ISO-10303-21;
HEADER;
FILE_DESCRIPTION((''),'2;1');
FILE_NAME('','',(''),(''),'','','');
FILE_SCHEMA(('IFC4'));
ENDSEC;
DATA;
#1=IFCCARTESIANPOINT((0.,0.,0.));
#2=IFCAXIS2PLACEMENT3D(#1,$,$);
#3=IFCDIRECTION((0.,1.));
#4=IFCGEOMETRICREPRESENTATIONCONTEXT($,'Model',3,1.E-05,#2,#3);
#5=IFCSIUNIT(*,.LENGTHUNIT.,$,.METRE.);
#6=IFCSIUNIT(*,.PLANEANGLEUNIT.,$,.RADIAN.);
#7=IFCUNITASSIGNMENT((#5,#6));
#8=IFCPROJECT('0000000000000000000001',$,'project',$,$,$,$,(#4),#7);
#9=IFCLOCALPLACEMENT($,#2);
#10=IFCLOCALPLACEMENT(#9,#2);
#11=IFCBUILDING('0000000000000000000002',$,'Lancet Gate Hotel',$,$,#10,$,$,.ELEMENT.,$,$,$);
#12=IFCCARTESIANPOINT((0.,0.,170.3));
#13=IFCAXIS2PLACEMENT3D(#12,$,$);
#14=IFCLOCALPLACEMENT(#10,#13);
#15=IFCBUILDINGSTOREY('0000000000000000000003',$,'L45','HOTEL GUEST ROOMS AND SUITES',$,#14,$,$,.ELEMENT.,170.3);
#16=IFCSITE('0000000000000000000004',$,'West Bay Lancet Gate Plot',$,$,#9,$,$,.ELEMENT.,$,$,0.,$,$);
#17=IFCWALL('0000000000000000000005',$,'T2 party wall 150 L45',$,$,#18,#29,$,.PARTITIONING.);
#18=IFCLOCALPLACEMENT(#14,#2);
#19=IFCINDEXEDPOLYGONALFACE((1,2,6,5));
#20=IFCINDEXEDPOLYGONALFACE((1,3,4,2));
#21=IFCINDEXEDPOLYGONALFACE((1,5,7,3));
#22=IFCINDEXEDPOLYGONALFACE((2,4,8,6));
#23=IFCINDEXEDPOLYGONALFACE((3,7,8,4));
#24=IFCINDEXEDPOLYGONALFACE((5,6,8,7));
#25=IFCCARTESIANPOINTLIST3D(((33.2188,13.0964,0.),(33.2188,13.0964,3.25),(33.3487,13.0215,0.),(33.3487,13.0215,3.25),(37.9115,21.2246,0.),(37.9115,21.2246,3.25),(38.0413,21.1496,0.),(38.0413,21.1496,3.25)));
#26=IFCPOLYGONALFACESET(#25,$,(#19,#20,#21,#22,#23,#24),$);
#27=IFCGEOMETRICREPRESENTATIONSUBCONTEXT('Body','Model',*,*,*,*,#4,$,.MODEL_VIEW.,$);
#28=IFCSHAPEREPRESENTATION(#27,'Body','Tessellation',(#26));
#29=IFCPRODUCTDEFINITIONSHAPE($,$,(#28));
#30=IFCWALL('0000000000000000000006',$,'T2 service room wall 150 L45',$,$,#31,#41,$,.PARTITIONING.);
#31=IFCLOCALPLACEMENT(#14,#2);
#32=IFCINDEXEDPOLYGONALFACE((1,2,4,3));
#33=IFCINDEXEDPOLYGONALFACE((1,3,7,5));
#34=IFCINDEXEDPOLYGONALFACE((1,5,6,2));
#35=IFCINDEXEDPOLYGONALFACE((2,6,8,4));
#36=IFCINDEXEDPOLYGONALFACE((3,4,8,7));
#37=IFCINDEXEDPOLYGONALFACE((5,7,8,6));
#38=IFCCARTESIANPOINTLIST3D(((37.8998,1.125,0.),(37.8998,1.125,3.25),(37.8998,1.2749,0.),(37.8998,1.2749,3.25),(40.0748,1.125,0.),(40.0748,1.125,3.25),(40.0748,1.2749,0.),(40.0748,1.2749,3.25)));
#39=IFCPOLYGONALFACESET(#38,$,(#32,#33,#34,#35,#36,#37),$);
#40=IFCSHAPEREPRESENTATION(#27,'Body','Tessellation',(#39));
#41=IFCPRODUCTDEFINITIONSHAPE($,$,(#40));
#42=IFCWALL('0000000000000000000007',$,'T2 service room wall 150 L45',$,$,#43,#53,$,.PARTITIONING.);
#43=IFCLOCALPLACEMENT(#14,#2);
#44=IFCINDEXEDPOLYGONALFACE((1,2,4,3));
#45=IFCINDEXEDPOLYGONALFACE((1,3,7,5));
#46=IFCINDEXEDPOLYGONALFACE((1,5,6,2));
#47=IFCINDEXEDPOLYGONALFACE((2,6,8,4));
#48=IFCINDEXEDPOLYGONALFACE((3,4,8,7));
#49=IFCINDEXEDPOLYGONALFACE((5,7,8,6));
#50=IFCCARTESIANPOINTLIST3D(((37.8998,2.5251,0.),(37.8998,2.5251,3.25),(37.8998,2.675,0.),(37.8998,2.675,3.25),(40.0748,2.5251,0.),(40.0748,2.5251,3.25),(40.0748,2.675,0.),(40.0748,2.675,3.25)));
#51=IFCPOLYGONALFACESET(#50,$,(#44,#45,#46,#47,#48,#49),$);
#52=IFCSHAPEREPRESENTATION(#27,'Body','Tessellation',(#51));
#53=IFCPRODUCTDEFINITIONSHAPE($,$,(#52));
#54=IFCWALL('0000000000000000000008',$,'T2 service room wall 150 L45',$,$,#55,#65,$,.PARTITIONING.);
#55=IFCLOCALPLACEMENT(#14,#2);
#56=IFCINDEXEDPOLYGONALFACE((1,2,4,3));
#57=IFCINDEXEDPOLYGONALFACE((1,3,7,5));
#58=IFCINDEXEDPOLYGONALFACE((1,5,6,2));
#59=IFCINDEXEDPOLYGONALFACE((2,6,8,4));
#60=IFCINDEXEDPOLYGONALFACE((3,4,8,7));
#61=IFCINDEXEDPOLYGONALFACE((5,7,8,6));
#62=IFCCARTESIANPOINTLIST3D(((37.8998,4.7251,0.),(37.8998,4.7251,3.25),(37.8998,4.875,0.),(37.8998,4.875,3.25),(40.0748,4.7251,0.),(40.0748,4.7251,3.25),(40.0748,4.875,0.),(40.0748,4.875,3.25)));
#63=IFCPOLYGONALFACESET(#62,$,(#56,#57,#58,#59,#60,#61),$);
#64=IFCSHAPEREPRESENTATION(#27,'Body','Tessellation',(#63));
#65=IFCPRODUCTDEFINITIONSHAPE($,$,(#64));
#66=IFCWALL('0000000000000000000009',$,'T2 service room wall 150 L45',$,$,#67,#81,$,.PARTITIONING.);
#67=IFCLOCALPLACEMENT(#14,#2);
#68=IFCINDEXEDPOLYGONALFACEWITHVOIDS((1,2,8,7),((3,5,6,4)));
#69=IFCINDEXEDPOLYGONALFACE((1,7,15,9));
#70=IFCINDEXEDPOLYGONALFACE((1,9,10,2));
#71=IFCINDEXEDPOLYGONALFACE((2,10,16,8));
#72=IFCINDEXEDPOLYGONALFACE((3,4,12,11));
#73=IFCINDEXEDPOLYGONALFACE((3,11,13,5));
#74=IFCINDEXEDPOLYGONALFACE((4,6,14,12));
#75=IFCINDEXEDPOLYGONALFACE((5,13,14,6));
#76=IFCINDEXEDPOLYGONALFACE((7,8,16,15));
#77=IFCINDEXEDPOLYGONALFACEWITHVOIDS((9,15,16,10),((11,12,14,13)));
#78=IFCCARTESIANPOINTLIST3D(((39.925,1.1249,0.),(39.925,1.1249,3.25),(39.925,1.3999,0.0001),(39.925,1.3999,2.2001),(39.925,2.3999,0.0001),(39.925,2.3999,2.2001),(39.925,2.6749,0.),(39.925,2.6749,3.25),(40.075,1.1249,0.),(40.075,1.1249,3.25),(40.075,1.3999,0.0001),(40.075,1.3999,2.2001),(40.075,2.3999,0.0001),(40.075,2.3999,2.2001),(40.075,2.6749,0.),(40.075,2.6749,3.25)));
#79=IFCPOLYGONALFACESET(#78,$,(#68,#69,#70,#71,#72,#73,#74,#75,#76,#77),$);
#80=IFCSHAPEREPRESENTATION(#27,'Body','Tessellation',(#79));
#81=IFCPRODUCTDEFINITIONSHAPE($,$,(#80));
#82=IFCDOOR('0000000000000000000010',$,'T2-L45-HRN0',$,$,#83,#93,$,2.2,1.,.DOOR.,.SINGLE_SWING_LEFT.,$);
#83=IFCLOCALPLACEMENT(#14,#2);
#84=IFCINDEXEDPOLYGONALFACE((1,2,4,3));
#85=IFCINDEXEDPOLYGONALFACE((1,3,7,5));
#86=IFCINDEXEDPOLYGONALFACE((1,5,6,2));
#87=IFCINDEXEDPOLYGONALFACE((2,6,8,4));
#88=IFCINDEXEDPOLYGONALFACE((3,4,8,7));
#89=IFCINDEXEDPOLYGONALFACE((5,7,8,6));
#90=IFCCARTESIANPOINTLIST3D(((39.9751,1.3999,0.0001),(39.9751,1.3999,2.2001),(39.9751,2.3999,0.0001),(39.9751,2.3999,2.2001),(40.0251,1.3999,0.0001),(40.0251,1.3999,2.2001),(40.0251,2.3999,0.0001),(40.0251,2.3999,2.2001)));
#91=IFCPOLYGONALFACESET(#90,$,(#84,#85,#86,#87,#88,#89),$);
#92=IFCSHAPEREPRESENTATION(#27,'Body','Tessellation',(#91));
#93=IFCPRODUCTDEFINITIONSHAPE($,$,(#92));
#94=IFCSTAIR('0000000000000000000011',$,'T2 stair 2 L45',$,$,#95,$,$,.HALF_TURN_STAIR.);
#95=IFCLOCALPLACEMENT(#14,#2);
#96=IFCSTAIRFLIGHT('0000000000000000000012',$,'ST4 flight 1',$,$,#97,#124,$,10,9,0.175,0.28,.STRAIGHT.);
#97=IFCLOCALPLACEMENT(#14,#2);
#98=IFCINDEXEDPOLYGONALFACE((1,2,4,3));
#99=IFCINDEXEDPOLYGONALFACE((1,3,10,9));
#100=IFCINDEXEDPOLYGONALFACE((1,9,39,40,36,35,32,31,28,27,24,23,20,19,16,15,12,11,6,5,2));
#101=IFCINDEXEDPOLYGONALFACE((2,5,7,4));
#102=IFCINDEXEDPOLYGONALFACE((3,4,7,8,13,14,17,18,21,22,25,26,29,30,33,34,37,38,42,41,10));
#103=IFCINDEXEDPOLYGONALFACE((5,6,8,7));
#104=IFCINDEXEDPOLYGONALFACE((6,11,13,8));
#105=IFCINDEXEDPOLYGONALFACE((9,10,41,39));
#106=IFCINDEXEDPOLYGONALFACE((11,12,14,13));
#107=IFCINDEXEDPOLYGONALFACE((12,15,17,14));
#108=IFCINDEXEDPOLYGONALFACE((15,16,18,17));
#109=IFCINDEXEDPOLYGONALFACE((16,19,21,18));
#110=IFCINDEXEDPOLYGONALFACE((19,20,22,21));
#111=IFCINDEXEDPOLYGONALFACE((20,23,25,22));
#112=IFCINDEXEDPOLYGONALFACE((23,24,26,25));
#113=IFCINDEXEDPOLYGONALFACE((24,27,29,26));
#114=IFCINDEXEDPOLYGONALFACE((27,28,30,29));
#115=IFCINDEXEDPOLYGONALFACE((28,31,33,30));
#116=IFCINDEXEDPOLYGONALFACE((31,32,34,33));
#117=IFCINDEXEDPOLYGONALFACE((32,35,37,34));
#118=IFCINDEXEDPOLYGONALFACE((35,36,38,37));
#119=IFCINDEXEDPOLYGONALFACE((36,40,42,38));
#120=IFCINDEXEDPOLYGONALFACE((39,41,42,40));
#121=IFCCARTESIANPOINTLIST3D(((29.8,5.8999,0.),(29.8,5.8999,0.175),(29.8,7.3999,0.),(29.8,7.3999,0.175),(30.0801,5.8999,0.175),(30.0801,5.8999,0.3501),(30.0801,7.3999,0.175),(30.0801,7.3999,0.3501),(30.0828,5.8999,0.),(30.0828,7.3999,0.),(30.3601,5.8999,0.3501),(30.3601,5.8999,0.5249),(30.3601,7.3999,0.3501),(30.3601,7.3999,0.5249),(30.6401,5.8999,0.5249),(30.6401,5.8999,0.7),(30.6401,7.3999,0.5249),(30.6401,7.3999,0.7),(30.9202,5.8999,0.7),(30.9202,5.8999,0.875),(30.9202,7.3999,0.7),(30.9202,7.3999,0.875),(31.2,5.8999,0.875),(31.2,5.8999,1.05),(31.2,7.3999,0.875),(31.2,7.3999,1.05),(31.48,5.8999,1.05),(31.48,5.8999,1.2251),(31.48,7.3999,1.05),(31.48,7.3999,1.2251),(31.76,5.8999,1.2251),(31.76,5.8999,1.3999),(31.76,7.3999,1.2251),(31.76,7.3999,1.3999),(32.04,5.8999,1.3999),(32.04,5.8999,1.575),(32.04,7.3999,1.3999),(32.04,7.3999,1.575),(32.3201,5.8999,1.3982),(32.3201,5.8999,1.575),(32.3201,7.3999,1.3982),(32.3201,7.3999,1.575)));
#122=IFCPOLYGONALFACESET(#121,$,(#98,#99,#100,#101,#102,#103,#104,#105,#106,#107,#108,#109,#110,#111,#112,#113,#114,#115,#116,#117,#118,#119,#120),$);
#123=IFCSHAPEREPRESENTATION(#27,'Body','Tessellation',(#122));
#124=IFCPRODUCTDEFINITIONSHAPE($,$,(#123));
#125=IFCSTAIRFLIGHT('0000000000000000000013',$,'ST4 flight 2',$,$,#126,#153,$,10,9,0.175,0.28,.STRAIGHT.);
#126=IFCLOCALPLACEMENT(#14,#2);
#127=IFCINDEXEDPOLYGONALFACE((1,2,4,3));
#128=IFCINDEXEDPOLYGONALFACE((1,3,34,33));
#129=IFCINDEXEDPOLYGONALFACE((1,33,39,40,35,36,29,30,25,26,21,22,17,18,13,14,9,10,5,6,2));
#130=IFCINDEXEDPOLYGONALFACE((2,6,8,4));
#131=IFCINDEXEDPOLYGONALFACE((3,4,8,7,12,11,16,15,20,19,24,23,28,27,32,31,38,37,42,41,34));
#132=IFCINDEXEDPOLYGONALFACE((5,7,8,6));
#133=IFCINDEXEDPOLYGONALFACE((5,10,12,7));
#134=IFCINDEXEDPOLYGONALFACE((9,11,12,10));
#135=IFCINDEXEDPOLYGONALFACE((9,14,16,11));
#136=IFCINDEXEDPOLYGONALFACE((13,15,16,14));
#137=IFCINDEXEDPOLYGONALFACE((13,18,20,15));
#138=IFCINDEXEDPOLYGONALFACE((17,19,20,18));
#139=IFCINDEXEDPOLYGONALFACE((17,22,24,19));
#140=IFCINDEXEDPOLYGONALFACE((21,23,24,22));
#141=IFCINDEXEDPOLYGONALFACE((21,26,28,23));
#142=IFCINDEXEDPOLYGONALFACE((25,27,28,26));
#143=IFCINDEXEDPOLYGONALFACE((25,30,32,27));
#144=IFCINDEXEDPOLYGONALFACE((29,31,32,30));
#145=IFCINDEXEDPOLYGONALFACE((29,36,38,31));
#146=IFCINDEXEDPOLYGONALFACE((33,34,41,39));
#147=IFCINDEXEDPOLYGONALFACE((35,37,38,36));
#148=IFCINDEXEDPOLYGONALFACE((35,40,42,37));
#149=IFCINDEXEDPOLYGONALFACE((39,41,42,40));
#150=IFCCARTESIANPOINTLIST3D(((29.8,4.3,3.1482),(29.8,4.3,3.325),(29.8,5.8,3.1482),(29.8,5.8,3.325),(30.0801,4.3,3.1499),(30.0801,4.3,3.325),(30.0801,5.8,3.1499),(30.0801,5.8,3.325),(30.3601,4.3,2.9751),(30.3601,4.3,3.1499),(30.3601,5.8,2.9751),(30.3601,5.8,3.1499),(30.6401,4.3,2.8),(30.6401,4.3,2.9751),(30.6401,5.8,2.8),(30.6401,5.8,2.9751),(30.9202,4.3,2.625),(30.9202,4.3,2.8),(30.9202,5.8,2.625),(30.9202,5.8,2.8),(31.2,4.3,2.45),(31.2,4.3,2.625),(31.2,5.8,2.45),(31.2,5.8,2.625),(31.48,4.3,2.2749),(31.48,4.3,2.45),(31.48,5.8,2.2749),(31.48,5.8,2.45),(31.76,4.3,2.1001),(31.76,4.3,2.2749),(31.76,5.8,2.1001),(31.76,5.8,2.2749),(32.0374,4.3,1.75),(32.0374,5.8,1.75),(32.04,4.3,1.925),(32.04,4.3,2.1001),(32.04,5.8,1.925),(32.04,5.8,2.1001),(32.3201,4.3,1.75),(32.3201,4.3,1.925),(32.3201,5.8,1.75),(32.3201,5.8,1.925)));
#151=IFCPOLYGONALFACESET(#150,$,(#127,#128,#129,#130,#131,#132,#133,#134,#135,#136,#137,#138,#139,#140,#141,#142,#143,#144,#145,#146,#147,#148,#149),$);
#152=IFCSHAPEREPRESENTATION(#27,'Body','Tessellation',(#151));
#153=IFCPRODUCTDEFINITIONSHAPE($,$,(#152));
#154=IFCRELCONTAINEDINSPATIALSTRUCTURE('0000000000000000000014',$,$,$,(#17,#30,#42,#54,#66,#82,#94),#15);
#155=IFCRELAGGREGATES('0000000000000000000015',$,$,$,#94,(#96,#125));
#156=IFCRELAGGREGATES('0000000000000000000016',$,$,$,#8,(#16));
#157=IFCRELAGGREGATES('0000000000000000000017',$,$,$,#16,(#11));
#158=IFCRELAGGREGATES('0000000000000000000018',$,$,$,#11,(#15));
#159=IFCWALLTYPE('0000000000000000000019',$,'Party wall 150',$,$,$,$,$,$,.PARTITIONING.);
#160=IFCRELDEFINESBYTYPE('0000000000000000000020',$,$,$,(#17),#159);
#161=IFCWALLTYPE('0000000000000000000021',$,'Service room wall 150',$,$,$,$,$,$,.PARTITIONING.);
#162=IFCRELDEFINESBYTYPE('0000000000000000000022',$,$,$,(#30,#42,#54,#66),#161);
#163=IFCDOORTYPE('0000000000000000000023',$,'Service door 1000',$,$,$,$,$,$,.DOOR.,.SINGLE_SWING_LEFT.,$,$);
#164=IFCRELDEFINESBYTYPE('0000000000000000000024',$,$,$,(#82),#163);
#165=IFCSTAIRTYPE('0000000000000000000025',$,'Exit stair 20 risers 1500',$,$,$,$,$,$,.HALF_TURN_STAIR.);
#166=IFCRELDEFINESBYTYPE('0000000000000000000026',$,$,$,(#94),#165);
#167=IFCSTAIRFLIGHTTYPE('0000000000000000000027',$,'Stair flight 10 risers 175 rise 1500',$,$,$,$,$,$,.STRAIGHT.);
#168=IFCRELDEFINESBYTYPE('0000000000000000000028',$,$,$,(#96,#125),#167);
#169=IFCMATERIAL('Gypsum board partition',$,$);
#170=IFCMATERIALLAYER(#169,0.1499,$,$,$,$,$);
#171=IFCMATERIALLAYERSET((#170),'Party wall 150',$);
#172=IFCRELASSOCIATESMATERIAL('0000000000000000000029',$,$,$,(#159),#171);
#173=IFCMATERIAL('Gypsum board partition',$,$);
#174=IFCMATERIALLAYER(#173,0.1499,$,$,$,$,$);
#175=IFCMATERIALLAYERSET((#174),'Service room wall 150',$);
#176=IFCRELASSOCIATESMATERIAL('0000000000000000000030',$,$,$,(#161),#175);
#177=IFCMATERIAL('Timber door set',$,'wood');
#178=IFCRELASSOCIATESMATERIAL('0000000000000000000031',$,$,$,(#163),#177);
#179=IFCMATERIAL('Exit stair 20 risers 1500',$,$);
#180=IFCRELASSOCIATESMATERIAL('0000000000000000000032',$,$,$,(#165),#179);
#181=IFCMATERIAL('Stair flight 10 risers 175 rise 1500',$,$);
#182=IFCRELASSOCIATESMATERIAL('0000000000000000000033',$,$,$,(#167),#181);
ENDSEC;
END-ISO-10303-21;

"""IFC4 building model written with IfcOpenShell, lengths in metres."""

from ifc_helpers import new_model, si_unit, direction, frame, frame_2d, origin, place, context, subcontext, project, spatial, polyline, rectangle, outline, extrude, material, layer, layer_set, type_object, element, fill, aggregate, save


model = new_model("IFC4")

# Units and contexts
model_context = context("Model", 3, precision=1e-05, world=origin(), true_north=direction((0.0, 1.0)))
body_context = subcontext(model_context, "Body", "Model", "MODEL_VIEW")
ifc_project = project(units=[si_unit("LENGTHUNIT", "METRE"), si_unit("PLANEANGLEUNIT", "RADIAN")], contexts=[model_context])

# Site, building, storey
site_placement = place(None, origin())
site = spatial("IfcSite", under=ifc_project, at=site_placement, Name="West Bay Lancet Gate Plot", CompositionType="ELEMENT", RefElevation=0.0)
building_placement = place(site_placement, origin())
building = spatial("IfcBuilding", under=site, at=building_placement, Name="Lancet Gate Hotel", CompositionType="ELEMENT")
storey_placement = place(building_placement, frame((0.0, 0.0, 170.3)))
storey = spatial("IfcBuildingStorey", under=building, at=storey_placement, Name="L45", Description="HOTEL GUEST ROOMS AND SUITES", CompositionType="ELEMENT", Elevation=170.3)

# Walls
ifc_material_1 = material(Name="Gypsum board partition")
ifc_layer_1 = layer(ifc_material_1, 0.1499)
ifc_layer_set_1 = layer_set([ifc_layer_1], Name="Party wall 150")
wall_type_1 = type_object("IfcWallType", Name="Party wall 150", PredefinedType="PARTITIONING", material=ifc_layer_set_1)
wall_1_placement = place(storey_placement, frame((33.2837, 13.0588, 0.0), z_axis=(0.0, 0.0, 1.0), x_axis=(0.499986, 0.866034, 0.0)))
element("IfcWall", 1, at=wall_1_placement, inside=storey, type_object=wall_type_1, Name="T2 party wall 150 L45", PredefinedType="PARTITIONING", context=body_context, shape_type="SweptSolid", body=[
    extrude(rectangle(XDim=9.3855, YDim=0.1499, at=frame_2d((4.6929, 0.0))), origin(), (0.0, 0.0, 1.0), 3.25),
])
ifc_material_2 = material(Name="Gypsum board partition")
ifc_layer_2 = layer(ifc_material_2, 0.1499)
ifc_layer_set_2 = layer_set([ifc_layer_2], Name="Service room wall 150")
wall_type_2 = type_object("IfcWallType", Name="Service room wall 150", PredefinedType="PARTITIONING", material=ifc_layer_set_2)
for number, where, z_axis, x_axis, name in (
    (2, (37.8999, 1.2, 0.0), (0.0, 0.0, 1.0), (1.0, 0.0, 0.0), "T2 service room wall 150 L45"),
    (3, (37.8999, 2.6001, 0.0), (0.0, 0.0, 1.0), (1.0, 0.0, 0.0), "T2 service room wall 150 L45"),
    (4, (37.8999, 4.8, 0.0), (0.0, 0.0, 1.0), (1.0, 0.0, 0.0), "T2 service room wall 150 L45"),
):
    element("IfcWall", number, at=place(storey_placement, frame(where, z_axis=z_axis, x_axis=x_axis)), inside=storey, type_object=wall_type_2, Name=name, PredefinedType="PARTITIONING", context=body_context, shape_type="SweptSolid", body=[
        extrude(rectangle(XDim=2.175, YDim=0.1499, at=frame_2d((1.0874, 0.0))), origin(), (0.0, 0.0, 1.0), 3.25),
    ])

# Wall, opening, door
wall_2_placement = place(storey_placement, frame((40.0, 1.125, 0.0), z_axis=(0.0, 0.0, 1.0), x_axis=(0.0, 1.0, 0.0)))
wall_2 = element("IfcWall", 5, at=wall_2_placement, inside=storey, type_object=wall_type_2, Name="T2 service room wall 150 L45", PredefinedType="PARTITIONING", context=body_context, shape_type="SweptSolid", body=[
    extrude(rectangle(XDim=1.55, YDim=0.1499, at=frame_2d((0.7749, 0.0))), origin(), (0.0, 0.0, 1.0), 3.25),
])
opening_1_placement = place(wall_2_placement, frame((0.2749, 0.0, 0.0)))
opening_1 = element("IfcOpeningElement", 6, at=opening_1_placement, cuts=wall_2, PredefinedType="OPENING", context=body_context, shape_type="SweptSolid", body=[
    extrude(rectangle(XDim=1.0, YDim=2.2, at=frame_2d((0.5, 1.1001))), frame((0.0, 0.085, 0.0), z_axis=(0.0, -1.0, 0.0), x_axis=(1.0, 0.0, 0.0)), (0.0, 0.0, 1.0), 0.1699),
])
ifc_material_3 = material(Name="Timber door set", Category="wood")
door_type_1 = type_object("IfcDoorType", Name="Service door 1000", OperationType="SINGLE_SWING_LEFT", PredefinedType="DOOR", material=ifc_material_3)
door_1_placement = place(opening_1_placement, origin())
door_1 = element("IfcDoor", 7, at=door_1_placement, inside=storey, type_object=door_type_1, Name="T2-L45-HRN0", OperationType="SINGLE_SWING_LEFT", OverallHeight=2.2, OverallWidth=1.0, PredefinedType="DOOR", context=body_context, shape_type="SweptSolid", body=[
    extrude(rectangle(XDim=1.0, YDim=2.2, at=frame_2d((0.5, 1.1001))), frame((0.0, 0.0249, 0.0), z_axis=(0.0, -1.0, 0.0), x_axis=(1.0, 0.0, 0.0)), (0.0, 0.0, 1.0), 0.05),
])
fill(opening_1, door_1)

# Stair, stair flights
ifc_material_4 = material(Name="Exit stair 20 risers 1500")
stair_type = type_object("IfcStairType", Name="Exit stair 20 risers 1500", PredefinedType="HALF_TURN_STAIR", material=ifc_material_4)
stair_placement = place(storey_placement, origin())
stair = element("IfcStair", 8, at=stair_placement, inside=storey, type_object=stair_type, Name="T2 stair 2 L45", PredefinedType="HALF_TURN_STAIR")
ifc_material_5 = material(Name="Stair flight 10 risers 175 rise 1500")
stair_flight_type = type_object("IfcStairFlightType", Name="Stair flight 10 risers 175 rise 1500", PredefinedType="STRAIGHT", material=ifc_material_5)
stair_flight_1_placement = place(storey_placement, frame((29.8, 6.6499, 0.0), z_axis=(0.0, 0.0, 1.0), x_axis=(1.0, 0.0, 0.0)))
stair_flight_1 = element("IfcStairFlight", 9, at=stair_flight_1_placement, type_object=stair_flight_type, Name="ST4 flight 1", NumberOfRisers=10, NumberOfTreads=9, PredefinedType="STRAIGHT", RiserHeight=0.175, TreadLength=0.28, context=body_context, shape_type="SweptSolid", body=[
    extrude(outline(polyline([(0.0, 0.0), (0.0, 0.175), (0.28, 0.175), (0.28, 0.3501), (0.5601, 0.3501), (0.5601, 0.5249), (0.8401, 0.5249), (0.8401, 0.7), (1.1201, 0.7), (1.1201, 0.875), (1.3999, 0.875), (1.3999, 1.05), (1.6799, 1.05), (1.6799, 1.2251), (1.96, 1.2251), (1.96, 1.3999), (2.24, 1.3999), (2.24, 1.575), (2.52, 1.575), (2.52, 1.75), (2.52, 1.3982), (0.2827, 0.0), (0.0, 0.0)])), frame((0.0, 0.75, 0.0), z_axis=(0.0, -1.0, 0.0), x_axis=(1.0, 0.0, 0.0)), (0.0, 0.0, 1.0), 1.5),
])
stair_flight_2_placement = place(storey_placement, frame((32.3201, 5.05, 1.75), z_axis=(0.0, 0.0, 1.0), x_axis=(-1.0, 0.0, 0.0)))
stair_flight_2 = element("IfcStairFlight", 10, at=stair_flight_2_placement, type_object=stair_flight_type, Name="ST4 flight 2", NumberOfRisers=10, NumberOfTreads=9, PredefinedType="STRAIGHT", RiserHeight=0.175, TreadLength=0.28, context=body_context, shape_type="SweptSolid", body=[
    extrude(outline(polyline([(0.0, 0.0), (0.0, 0.175), (0.28, 0.175), (0.28, 0.3501), (0.5601, 0.3501), (0.5601, 0.5249), (0.8401, 0.5249), (0.8401, 0.7), (1.1201, 0.7), (1.1201, 0.875), (1.3999, 0.875), (1.3999, 1.05), (1.6799, 1.05), (1.6799, 1.2251), (1.96, 1.2251), (1.96, 1.3999), (2.24, 1.3999), (2.24, 1.575), (2.52, 1.575), (2.52, 1.75), (2.52, 1.3982), (0.2827, 0.0), (0.0, 0.0)])), frame((0.0, 0.75, 0.0), z_axis=(0.0, -1.0, 0.0), x_axis=(1.0, 0.0, 0.0)), (0.0, 0.0, 1.0), 1.5),
])
aggregate(stair, [stair_flight_1, stair_flight_2])

save(model, "model.ifc")
